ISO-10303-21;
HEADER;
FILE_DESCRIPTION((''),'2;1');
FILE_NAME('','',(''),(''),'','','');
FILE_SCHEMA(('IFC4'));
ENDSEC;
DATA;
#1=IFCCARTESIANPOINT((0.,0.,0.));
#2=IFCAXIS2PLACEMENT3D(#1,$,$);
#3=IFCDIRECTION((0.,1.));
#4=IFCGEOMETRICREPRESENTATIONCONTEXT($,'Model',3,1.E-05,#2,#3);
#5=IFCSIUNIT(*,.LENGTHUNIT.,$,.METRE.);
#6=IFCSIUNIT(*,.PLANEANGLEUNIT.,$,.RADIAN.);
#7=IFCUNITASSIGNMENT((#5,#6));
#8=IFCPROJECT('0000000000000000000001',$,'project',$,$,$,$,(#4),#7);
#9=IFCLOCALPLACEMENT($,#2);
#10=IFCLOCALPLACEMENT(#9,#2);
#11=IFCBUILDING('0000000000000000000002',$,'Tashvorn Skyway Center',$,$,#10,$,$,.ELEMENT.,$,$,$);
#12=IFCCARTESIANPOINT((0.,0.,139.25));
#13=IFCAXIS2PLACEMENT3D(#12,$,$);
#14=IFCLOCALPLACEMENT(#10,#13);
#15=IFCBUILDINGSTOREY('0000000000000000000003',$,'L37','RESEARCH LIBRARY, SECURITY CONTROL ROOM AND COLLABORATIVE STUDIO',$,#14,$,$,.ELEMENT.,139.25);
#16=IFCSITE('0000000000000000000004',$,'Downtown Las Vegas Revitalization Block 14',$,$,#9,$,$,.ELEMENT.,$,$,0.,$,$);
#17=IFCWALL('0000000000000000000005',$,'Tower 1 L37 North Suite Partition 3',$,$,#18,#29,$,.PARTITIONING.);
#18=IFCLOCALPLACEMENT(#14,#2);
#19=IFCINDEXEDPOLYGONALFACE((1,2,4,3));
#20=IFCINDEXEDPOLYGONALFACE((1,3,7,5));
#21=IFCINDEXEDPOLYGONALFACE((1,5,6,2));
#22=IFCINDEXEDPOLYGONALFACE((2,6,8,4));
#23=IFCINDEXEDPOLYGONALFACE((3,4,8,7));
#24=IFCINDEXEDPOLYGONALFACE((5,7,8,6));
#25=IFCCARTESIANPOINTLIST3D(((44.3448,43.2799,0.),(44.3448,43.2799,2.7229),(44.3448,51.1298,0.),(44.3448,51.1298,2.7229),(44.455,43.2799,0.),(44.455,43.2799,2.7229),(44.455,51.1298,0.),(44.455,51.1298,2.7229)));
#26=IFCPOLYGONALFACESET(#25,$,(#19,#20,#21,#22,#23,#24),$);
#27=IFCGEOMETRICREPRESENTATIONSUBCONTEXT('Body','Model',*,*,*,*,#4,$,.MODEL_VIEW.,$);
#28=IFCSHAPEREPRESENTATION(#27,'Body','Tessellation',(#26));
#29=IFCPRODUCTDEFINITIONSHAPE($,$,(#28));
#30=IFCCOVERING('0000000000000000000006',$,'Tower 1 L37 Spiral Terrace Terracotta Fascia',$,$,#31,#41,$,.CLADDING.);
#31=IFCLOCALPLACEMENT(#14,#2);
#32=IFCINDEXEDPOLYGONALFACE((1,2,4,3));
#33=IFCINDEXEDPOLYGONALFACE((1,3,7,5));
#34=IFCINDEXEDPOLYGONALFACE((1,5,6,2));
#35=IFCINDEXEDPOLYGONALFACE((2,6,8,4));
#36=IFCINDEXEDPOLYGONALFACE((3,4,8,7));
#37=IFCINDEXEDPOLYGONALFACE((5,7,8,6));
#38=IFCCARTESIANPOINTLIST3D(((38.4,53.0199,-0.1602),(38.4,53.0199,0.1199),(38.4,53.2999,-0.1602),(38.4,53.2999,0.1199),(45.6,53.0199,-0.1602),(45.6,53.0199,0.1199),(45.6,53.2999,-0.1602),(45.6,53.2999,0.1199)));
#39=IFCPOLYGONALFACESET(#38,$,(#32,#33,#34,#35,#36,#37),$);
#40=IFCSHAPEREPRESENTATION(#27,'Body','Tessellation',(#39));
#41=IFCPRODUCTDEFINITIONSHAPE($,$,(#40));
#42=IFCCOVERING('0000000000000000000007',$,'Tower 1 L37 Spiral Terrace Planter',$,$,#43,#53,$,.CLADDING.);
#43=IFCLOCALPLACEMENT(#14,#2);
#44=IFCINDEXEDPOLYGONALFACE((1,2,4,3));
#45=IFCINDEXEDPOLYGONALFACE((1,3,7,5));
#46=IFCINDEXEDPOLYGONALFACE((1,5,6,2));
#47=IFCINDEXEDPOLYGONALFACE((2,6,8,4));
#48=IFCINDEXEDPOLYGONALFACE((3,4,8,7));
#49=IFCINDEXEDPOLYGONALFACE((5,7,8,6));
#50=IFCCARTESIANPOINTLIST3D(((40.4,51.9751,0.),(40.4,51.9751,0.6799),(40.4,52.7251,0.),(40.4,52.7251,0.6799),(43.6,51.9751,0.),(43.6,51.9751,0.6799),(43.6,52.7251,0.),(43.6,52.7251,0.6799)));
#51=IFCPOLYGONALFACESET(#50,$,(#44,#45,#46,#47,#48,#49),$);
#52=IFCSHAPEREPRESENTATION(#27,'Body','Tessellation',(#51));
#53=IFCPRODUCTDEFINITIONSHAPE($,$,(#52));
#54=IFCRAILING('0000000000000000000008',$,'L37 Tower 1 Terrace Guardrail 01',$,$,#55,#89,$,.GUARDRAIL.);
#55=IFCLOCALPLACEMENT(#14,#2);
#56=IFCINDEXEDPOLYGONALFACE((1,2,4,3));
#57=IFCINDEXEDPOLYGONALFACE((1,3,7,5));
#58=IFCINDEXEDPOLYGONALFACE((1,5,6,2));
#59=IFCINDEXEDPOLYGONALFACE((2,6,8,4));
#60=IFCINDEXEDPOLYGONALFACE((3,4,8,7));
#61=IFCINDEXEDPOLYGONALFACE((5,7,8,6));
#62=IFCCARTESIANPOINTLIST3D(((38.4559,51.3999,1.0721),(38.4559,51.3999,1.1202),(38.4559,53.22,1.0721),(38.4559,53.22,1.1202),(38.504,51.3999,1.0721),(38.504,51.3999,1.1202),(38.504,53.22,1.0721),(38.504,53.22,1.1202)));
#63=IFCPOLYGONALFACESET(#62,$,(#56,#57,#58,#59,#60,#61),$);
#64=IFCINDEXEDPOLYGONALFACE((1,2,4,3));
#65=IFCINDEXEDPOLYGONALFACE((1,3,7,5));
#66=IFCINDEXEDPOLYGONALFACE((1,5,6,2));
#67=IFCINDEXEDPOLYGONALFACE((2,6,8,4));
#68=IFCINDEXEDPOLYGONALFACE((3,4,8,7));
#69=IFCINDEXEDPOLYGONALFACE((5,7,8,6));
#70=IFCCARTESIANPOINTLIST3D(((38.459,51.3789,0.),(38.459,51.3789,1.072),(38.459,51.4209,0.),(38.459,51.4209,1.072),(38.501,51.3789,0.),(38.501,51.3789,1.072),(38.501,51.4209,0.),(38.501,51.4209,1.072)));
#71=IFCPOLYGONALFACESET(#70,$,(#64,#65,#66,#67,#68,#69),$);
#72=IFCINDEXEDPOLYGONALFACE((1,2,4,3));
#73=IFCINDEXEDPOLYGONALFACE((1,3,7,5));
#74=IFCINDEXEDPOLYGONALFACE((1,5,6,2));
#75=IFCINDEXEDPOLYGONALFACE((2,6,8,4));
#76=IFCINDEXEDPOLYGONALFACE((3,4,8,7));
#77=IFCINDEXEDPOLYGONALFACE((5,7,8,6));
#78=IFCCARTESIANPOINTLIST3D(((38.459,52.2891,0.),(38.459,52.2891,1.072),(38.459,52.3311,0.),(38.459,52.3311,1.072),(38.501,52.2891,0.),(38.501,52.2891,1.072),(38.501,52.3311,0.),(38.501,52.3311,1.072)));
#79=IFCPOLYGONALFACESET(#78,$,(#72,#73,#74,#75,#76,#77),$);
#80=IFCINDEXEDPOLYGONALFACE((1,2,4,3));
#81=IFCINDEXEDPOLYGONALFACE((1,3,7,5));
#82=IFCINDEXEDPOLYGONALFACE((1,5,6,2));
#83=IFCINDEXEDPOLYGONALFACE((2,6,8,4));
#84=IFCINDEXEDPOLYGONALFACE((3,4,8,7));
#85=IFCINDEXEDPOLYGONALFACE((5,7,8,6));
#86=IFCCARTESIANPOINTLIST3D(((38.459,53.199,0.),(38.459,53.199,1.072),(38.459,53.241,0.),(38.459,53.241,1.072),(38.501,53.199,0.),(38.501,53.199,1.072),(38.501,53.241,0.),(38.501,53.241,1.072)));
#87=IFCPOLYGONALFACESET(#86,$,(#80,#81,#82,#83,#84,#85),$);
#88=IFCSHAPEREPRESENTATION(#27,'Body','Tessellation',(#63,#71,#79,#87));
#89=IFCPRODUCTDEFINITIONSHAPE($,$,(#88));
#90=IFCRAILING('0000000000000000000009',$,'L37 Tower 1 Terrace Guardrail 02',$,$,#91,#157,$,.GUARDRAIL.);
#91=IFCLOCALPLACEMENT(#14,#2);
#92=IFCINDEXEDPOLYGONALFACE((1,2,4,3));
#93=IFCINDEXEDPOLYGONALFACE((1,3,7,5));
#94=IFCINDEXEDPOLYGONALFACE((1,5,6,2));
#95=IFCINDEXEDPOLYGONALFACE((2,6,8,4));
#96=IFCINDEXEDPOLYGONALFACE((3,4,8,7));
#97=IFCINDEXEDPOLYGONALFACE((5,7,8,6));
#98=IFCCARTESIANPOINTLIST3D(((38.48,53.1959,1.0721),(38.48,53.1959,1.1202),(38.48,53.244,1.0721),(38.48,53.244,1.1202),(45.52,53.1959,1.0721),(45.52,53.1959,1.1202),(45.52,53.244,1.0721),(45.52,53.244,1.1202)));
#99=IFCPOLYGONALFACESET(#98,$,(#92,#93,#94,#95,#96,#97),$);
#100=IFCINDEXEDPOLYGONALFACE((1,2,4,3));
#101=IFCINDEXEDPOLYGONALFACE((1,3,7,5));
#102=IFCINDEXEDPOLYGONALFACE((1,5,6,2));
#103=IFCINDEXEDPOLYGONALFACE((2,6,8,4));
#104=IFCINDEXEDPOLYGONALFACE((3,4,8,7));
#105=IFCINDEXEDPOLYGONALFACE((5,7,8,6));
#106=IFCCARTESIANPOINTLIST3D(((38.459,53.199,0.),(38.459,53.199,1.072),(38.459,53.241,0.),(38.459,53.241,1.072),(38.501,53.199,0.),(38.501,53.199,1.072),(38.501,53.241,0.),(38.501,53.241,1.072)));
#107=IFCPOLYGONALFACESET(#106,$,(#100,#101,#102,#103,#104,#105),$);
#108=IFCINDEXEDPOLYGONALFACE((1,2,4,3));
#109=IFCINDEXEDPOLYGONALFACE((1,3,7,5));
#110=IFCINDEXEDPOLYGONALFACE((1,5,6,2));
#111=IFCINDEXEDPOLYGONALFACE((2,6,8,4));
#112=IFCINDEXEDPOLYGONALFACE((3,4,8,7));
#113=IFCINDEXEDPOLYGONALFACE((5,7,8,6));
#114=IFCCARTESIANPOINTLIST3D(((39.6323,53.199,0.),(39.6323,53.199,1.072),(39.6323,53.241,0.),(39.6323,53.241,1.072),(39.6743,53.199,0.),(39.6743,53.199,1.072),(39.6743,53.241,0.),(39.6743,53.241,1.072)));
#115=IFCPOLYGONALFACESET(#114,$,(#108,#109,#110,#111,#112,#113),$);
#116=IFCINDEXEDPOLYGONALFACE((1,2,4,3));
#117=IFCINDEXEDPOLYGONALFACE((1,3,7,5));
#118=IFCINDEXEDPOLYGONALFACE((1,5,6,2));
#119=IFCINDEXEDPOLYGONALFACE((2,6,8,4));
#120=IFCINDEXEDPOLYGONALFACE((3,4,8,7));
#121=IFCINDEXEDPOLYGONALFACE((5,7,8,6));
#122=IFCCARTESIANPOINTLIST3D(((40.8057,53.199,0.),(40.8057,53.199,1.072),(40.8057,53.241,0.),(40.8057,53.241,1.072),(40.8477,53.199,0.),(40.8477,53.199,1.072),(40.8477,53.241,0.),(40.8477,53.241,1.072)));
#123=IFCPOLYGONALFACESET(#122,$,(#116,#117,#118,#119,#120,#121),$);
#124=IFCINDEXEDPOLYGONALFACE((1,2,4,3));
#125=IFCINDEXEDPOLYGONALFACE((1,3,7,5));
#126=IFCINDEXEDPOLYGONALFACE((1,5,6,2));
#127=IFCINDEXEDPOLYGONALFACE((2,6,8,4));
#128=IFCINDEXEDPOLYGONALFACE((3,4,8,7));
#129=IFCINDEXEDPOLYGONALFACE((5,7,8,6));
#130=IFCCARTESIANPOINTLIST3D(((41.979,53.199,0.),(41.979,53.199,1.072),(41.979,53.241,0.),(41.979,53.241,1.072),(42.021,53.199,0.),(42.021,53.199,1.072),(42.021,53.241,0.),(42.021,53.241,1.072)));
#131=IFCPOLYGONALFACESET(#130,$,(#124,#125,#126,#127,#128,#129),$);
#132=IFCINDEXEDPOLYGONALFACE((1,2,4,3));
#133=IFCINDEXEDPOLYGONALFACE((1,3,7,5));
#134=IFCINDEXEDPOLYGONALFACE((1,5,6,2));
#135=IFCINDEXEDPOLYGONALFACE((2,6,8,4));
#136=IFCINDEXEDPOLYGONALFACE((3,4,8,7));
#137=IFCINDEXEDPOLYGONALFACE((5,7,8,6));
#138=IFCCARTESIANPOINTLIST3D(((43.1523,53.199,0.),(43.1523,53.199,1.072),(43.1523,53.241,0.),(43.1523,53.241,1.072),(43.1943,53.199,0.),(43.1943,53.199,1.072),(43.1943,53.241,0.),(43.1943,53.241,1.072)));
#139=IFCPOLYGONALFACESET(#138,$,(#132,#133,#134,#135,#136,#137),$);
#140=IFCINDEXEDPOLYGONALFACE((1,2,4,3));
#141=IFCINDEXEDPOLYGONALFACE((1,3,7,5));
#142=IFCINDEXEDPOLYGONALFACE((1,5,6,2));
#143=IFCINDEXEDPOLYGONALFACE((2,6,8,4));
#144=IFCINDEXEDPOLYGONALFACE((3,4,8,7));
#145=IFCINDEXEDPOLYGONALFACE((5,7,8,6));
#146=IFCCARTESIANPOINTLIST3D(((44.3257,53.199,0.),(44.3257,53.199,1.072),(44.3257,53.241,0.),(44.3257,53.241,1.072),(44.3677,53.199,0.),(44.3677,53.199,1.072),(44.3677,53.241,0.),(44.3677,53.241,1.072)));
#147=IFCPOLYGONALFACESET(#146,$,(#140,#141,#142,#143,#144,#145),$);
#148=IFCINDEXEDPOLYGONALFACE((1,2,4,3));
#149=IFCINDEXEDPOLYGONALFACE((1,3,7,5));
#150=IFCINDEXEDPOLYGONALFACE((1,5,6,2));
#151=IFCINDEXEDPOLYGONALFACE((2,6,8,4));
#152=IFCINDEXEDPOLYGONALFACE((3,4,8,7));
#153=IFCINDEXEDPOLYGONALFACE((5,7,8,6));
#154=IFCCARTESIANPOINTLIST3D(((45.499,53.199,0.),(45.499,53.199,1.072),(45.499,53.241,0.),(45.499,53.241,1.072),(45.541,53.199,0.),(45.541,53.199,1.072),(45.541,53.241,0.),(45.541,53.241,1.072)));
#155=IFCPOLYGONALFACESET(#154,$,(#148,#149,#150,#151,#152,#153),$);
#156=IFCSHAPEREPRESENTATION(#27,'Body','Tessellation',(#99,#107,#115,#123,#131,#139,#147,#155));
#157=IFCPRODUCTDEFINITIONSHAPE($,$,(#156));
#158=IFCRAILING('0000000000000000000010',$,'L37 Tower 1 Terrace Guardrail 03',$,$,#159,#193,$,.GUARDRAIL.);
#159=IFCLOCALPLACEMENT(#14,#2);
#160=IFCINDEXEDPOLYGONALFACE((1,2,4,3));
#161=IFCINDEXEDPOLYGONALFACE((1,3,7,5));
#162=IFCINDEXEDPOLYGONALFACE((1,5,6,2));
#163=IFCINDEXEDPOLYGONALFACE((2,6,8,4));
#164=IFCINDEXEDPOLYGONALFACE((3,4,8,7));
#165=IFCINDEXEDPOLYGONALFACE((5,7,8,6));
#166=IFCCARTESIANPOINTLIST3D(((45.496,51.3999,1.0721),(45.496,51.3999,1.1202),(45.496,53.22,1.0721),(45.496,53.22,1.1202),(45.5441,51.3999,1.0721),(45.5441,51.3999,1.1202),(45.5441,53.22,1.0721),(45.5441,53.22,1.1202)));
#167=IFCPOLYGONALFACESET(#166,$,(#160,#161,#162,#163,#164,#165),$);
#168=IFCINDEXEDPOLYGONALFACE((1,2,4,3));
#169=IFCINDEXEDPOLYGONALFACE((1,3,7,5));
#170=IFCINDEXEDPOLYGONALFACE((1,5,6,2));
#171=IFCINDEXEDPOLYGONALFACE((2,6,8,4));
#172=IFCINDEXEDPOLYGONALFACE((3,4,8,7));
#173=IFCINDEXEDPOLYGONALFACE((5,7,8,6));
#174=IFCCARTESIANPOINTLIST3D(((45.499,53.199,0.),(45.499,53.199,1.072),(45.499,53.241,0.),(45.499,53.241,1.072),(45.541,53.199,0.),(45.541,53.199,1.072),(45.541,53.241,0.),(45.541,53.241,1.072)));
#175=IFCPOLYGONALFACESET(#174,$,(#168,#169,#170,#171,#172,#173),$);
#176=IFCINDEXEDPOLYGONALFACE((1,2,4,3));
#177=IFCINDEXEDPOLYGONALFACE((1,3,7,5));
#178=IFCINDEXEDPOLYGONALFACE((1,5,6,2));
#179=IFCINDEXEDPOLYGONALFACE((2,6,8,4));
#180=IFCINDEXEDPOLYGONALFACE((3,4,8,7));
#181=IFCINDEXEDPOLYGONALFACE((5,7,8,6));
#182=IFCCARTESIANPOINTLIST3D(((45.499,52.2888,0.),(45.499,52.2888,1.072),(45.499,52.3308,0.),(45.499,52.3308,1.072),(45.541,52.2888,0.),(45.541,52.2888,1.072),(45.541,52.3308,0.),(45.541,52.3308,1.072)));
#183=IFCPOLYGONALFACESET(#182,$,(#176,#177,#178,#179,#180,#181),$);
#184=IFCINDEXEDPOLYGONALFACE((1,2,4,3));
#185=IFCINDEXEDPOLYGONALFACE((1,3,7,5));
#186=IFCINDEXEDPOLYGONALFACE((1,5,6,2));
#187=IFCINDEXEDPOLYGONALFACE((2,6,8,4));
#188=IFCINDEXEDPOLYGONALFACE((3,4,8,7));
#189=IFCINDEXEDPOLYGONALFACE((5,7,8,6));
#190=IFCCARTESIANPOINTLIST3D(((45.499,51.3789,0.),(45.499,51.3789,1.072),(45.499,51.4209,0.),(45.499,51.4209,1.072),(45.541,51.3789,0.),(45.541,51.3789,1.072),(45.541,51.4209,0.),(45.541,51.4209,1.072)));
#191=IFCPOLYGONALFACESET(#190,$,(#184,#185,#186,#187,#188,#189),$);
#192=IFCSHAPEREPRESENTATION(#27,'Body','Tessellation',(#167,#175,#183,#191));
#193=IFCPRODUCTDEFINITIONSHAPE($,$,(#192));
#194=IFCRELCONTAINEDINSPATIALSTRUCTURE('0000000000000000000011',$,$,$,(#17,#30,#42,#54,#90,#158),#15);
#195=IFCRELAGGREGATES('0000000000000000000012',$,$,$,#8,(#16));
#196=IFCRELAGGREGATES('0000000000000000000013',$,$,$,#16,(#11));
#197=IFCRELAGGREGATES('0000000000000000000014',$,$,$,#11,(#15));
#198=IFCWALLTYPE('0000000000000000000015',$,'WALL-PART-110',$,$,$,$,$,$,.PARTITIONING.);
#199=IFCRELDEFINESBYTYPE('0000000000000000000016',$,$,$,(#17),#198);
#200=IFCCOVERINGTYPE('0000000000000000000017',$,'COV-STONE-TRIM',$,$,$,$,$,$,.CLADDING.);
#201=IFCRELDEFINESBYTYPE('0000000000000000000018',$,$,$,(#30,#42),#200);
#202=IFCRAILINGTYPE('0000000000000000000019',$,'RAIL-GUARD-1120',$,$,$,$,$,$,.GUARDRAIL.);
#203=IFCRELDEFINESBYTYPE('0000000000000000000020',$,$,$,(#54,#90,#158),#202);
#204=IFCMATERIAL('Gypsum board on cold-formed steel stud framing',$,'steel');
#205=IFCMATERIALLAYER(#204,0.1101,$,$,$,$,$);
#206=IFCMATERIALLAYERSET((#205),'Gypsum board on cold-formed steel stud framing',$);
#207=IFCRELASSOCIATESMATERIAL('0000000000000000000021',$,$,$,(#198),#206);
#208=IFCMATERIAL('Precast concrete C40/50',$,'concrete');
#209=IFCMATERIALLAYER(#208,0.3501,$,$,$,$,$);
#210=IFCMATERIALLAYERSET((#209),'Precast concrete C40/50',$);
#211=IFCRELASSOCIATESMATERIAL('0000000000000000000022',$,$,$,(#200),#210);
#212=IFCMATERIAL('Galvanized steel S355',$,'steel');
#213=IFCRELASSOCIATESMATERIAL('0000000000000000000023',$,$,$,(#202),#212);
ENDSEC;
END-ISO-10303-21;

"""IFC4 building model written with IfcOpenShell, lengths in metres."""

from ifc_helpers import new_model, si_unit, direction, frame, frame_2d, origin, origin_2d, place, context, subcontext, project, spatial, rectangle, extrude, material, layer, layer_set, type_object, element, save


model = new_model("IFC4")

# Units and contexts
model_context = context("Model", 3, precision=1e-05, world=origin(), true_north=direction((0.0, 1.0)))
body_context = subcontext(model_context, "Body", "Model", "MODEL_VIEW")
ifc_project = project(units=[si_unit("LENGTHUNIT", "METRE"), si_unit("PLANEANGLEUNIT", "RADIAN")], contexts=[model_context])

# Site, building, storey
site_placement = place(None, origin())
site = spatial("IfcSite", under=ifc_project, at=site_placement, Name="Downtown Las Vegas Revitalization Block 14", CompositionType="ELEMENT", RefElevation=0.0)
building_placement = place(site_placement, origin())
building = spatial("IfcBuilding", under=site, at=building_placement, Name="Tashvorn Skyway Center", CompositionType="ELEMENT")
storey_placement = place(building_placement, frame((0.0, 0.0, 139.25)))
storey = spatial("IfcBuildingStorey", under=building, at=storey_placement, Name="L37", Description="RESEARCH LIBRARY, SECURITY CONTROL ROOM AND COLLABORATIVE STUDIO", CompositionType="ELEMENT", Elevation=139.25)

# Shared definitions
ifc_material_1 = material(Name="Precast concrete C40/50", Category="concrete")

# Wall
ifc_material_2 = material(Name="Gypsum board on cold-formed steel stud framing", Category="steel")
ifc_layer_1 = layer(ifc_material_2, 0.1101)
ifc_layer_set_1 = layer_set([ifc_layer_1], Name="Gypsum board on cold-formed steel stud framing")
wall_type_1 = type_object("IfcWallType", Name="WALL-PART-110", PredefinedType="PARTITIONING", material=ifc_layer_set_1)
for number, where, z_axis, x_axis, name in (
    (1, (44.3999, 43.28, 0.0), (0.0, 0.0, 1.0), (0.0, 1.0, 0.0), "Tower 1 L37 North Suite Partition 3"),
):
    element("IfcWall", number, at=place(storey_placement, frame(where, z_axis=z_axis, x_axis=x_axis)), inside=storey, type_object=wall_type_1, Name=name, PredefinedType="PARTITIONING", context=body_context, shape_type="SweptSolid", body=[
        extrude(rectangle(XDim=7.8499, YDim=0.1101, at=frame_2d((3.9248, 0.0))), origin(), (0.0, 0.0, 1.0), 2.7229),
    ])

# Coverings
ifc_layer_2 = layer(ifc_material_1, 0.3501)
ifc_layer_set_2 = layer_set([ifc_layer_2], Name="Precast concrete C40/50")
covering_type = type_object("IfcCoveringType", Name="COV-STONE-TRIM", PredefinedType="CLADDING", material=ifc_layer_set_2)
covering_1_placement = place(storey_placement, frame((42.0, 53.1599, -0.1602), z_axis=(0.0, 0.0, 1.0), x_axis=(1.0, 0.0, 0.0)))
element("IfcCovering", 2, at=covering_1_placement, inside=storey, type_object=covering_type, Name="Tower 1 L37 Spiral Terrace Terracotta Fascia", PredefinedType="CLADDING", context=body_context, shape_type="SweptSolid", body=[
    extrude(rectangle(XDim=7.2, YDim=0.28, at=origin_2d()), origin(), (0.0, 0.0, 1.0), 0.28),
])
covering_2_placement = place(storey_placement, frame((42.0, 52.3501, 0.0), z_axis=(0.0, 0.0, 1.0), x_axis=(1.0, 0.0, 0.0)))
element("IfcCovering", 3, at=covering_2_placement, inside=storey, type_object=covering_type, Name="Tower 1 L37 Spiral Terrace Planter", PredefinedType="CLADDING", context=body_context, shape_type="SweptSolid", body=[
    extrude(rectangle(XDim=3.2, YDim=0.75, at=origin_2d()), origin(), (0.0, 0.0, 1.0), 0.6799),
])

# Railings
ifc_material_3 = material(Name="Galvanized steel S355", Category="steel")
railing_type = type_object("IfcRailingType", Name="RAIL-GUARD-1120", PredefinedType="GUARDRAIL", material=ifc_material_3)
railing_1_placement = place(storey_placement, frame((38.48, 51.3999, 0.0)))
element("IfcRailing", 4, at=railing_1_placement, inside=storey, type_object=railing_type, Name="L37 Tower 1 Terrace Guardrail 01", PredefinedType="GUARDRAIL", context=body_context, shape_type="SweptSolid", body=[
    extrude(rectangle(XDim=0.0481, YDim=0.0481, at=origin_2d()), frame((0.0, 0.0, 1.0962), z_axis=(0.0, 1.0, 0.0), x_axis=(-1.0, 0.0, 0.0)), (0.0, 0.0, 1.0), 1.8201),
    extrude(rectangle(XDim=0.042, YDim=0.042, at=origin_2d()), origin(), (0.0, 0.0, 1.0), 1.072),
    extrude(rectangle(XDim=0.042, YDim=0.042, at=origin_2d()), frame((0.0, 0.9102, 0.0)), (0.0, 0.0, 1.0), 1.072),
    extrude(rectangle(XDim=0.042, YDim=0.042, at=origin_2d()), frame((0.0, 1.8201, 0.0)), (0.0, 0.0, 1.0), 1.072),
])
railing_2_placement = place(storey_placement, frame((38.48, 53.22, 0.0)))
element("IfcRailing", 5, at=railing_2_placement, inside=storey, type_object=railing_type, Name="L37 Tower 1 Terrace Guardrail 02", PredefinedType="GUARDRAIL", context=body_context, shape_type="SweptSolid", body=[
    extrude(rectangle(XDim=0.0481, YDim=0.0481, at=origin_2d()), frame((0.0, 0.0, 1.0962), z_axis=(1.0, 0.0, 0.0), x_axis=(0.0, 1.0, 0.0)), (0.0, 0.0, 1.0), 7.04),
    extrude(rectangle(XDim=0.042, YDim=0.042, at=origin_2d()), origin(), (0.0, 0.0, 1.0), 1.072),
    extrude(rectangle(XDim=0.042, YDim=0.042, at=origin_2d()), frame((1.1733, 0.0, 0.0)), (0.0, 0.0, 1.0), 1.072),
    extrude(rectangle(XDim=0.042, YDim=0.042, at=origin_2d()), frame((2.3467, 0.0, 0.0)), (0.0, 0.0, 1.0), 1.072),
    extrude(rectangle(XDim=0.042, YDim=0.042, at=origin_2d()), frame((3.52, 0.0, 0.0)), (0.0, 0.0, 1.0), 1.072),
    extrude(rectangle(XDim=0.042, YDim=0.042, at=origin_2d()), frame((4.6934, 0.0, 0.0)), (0.0, 0.0, 1.0), 1.072),
    extrude(rectangle(XDim=0.042, YDim=0.042, at=origin_2d()), frame((5.8667, 0.0, 0.0)), (0.0, 0.0, 1.0), 1.072),
    extrude(rectangle(XDim=0.042, YDim=0.042, at=origin_2d()), frame((7.04, 0.0, 0.0)), (0.0, 0.0, 1.0), 1.072),
])
railing_3_placement = place(storey_placement, frame((45.52, 53.22, 0.0)))
element("IfcRailing", 6, at=railing_3_placement, inside=storey, type_object=railing_type, Name="L37 Tower 1 Terrace Guardrail 03", PredefinedType="GUARDRAIL", context=body_context, shape_type="SweptSolid", body=[
    extrude(rectangle(XDim=0.0481, YDim=0.0481, at=origin_2d()), frame((0.0, 0.0, 1.0962), z_axis=(0.0, -1.0, 0.0), x_axis=(1.0, 0.0, 0.0)), (0.0, 0.0, 1.0), 1.8201),
    extrude(rectangle(XDim=0.042, YDim=0.042, at=origin_2d()), origin(), (0.0, 0.0, 1.0), 1.072),
    extrude(rectangle(XDim=0.042, YDim=0.042, at=origin_2d()), frame((0.0, -0.9102, 0.0)), (0.0, 0.0, 1.0), 1.072),
    extrude(rectangle(XDim=0.042, YDim=0.042, at=origin_2d()), frame((0.0, -1.8201, 0.0)), (0.0, 0.0, 1.0), 1.072),
])

save(model, "model.ifc")
